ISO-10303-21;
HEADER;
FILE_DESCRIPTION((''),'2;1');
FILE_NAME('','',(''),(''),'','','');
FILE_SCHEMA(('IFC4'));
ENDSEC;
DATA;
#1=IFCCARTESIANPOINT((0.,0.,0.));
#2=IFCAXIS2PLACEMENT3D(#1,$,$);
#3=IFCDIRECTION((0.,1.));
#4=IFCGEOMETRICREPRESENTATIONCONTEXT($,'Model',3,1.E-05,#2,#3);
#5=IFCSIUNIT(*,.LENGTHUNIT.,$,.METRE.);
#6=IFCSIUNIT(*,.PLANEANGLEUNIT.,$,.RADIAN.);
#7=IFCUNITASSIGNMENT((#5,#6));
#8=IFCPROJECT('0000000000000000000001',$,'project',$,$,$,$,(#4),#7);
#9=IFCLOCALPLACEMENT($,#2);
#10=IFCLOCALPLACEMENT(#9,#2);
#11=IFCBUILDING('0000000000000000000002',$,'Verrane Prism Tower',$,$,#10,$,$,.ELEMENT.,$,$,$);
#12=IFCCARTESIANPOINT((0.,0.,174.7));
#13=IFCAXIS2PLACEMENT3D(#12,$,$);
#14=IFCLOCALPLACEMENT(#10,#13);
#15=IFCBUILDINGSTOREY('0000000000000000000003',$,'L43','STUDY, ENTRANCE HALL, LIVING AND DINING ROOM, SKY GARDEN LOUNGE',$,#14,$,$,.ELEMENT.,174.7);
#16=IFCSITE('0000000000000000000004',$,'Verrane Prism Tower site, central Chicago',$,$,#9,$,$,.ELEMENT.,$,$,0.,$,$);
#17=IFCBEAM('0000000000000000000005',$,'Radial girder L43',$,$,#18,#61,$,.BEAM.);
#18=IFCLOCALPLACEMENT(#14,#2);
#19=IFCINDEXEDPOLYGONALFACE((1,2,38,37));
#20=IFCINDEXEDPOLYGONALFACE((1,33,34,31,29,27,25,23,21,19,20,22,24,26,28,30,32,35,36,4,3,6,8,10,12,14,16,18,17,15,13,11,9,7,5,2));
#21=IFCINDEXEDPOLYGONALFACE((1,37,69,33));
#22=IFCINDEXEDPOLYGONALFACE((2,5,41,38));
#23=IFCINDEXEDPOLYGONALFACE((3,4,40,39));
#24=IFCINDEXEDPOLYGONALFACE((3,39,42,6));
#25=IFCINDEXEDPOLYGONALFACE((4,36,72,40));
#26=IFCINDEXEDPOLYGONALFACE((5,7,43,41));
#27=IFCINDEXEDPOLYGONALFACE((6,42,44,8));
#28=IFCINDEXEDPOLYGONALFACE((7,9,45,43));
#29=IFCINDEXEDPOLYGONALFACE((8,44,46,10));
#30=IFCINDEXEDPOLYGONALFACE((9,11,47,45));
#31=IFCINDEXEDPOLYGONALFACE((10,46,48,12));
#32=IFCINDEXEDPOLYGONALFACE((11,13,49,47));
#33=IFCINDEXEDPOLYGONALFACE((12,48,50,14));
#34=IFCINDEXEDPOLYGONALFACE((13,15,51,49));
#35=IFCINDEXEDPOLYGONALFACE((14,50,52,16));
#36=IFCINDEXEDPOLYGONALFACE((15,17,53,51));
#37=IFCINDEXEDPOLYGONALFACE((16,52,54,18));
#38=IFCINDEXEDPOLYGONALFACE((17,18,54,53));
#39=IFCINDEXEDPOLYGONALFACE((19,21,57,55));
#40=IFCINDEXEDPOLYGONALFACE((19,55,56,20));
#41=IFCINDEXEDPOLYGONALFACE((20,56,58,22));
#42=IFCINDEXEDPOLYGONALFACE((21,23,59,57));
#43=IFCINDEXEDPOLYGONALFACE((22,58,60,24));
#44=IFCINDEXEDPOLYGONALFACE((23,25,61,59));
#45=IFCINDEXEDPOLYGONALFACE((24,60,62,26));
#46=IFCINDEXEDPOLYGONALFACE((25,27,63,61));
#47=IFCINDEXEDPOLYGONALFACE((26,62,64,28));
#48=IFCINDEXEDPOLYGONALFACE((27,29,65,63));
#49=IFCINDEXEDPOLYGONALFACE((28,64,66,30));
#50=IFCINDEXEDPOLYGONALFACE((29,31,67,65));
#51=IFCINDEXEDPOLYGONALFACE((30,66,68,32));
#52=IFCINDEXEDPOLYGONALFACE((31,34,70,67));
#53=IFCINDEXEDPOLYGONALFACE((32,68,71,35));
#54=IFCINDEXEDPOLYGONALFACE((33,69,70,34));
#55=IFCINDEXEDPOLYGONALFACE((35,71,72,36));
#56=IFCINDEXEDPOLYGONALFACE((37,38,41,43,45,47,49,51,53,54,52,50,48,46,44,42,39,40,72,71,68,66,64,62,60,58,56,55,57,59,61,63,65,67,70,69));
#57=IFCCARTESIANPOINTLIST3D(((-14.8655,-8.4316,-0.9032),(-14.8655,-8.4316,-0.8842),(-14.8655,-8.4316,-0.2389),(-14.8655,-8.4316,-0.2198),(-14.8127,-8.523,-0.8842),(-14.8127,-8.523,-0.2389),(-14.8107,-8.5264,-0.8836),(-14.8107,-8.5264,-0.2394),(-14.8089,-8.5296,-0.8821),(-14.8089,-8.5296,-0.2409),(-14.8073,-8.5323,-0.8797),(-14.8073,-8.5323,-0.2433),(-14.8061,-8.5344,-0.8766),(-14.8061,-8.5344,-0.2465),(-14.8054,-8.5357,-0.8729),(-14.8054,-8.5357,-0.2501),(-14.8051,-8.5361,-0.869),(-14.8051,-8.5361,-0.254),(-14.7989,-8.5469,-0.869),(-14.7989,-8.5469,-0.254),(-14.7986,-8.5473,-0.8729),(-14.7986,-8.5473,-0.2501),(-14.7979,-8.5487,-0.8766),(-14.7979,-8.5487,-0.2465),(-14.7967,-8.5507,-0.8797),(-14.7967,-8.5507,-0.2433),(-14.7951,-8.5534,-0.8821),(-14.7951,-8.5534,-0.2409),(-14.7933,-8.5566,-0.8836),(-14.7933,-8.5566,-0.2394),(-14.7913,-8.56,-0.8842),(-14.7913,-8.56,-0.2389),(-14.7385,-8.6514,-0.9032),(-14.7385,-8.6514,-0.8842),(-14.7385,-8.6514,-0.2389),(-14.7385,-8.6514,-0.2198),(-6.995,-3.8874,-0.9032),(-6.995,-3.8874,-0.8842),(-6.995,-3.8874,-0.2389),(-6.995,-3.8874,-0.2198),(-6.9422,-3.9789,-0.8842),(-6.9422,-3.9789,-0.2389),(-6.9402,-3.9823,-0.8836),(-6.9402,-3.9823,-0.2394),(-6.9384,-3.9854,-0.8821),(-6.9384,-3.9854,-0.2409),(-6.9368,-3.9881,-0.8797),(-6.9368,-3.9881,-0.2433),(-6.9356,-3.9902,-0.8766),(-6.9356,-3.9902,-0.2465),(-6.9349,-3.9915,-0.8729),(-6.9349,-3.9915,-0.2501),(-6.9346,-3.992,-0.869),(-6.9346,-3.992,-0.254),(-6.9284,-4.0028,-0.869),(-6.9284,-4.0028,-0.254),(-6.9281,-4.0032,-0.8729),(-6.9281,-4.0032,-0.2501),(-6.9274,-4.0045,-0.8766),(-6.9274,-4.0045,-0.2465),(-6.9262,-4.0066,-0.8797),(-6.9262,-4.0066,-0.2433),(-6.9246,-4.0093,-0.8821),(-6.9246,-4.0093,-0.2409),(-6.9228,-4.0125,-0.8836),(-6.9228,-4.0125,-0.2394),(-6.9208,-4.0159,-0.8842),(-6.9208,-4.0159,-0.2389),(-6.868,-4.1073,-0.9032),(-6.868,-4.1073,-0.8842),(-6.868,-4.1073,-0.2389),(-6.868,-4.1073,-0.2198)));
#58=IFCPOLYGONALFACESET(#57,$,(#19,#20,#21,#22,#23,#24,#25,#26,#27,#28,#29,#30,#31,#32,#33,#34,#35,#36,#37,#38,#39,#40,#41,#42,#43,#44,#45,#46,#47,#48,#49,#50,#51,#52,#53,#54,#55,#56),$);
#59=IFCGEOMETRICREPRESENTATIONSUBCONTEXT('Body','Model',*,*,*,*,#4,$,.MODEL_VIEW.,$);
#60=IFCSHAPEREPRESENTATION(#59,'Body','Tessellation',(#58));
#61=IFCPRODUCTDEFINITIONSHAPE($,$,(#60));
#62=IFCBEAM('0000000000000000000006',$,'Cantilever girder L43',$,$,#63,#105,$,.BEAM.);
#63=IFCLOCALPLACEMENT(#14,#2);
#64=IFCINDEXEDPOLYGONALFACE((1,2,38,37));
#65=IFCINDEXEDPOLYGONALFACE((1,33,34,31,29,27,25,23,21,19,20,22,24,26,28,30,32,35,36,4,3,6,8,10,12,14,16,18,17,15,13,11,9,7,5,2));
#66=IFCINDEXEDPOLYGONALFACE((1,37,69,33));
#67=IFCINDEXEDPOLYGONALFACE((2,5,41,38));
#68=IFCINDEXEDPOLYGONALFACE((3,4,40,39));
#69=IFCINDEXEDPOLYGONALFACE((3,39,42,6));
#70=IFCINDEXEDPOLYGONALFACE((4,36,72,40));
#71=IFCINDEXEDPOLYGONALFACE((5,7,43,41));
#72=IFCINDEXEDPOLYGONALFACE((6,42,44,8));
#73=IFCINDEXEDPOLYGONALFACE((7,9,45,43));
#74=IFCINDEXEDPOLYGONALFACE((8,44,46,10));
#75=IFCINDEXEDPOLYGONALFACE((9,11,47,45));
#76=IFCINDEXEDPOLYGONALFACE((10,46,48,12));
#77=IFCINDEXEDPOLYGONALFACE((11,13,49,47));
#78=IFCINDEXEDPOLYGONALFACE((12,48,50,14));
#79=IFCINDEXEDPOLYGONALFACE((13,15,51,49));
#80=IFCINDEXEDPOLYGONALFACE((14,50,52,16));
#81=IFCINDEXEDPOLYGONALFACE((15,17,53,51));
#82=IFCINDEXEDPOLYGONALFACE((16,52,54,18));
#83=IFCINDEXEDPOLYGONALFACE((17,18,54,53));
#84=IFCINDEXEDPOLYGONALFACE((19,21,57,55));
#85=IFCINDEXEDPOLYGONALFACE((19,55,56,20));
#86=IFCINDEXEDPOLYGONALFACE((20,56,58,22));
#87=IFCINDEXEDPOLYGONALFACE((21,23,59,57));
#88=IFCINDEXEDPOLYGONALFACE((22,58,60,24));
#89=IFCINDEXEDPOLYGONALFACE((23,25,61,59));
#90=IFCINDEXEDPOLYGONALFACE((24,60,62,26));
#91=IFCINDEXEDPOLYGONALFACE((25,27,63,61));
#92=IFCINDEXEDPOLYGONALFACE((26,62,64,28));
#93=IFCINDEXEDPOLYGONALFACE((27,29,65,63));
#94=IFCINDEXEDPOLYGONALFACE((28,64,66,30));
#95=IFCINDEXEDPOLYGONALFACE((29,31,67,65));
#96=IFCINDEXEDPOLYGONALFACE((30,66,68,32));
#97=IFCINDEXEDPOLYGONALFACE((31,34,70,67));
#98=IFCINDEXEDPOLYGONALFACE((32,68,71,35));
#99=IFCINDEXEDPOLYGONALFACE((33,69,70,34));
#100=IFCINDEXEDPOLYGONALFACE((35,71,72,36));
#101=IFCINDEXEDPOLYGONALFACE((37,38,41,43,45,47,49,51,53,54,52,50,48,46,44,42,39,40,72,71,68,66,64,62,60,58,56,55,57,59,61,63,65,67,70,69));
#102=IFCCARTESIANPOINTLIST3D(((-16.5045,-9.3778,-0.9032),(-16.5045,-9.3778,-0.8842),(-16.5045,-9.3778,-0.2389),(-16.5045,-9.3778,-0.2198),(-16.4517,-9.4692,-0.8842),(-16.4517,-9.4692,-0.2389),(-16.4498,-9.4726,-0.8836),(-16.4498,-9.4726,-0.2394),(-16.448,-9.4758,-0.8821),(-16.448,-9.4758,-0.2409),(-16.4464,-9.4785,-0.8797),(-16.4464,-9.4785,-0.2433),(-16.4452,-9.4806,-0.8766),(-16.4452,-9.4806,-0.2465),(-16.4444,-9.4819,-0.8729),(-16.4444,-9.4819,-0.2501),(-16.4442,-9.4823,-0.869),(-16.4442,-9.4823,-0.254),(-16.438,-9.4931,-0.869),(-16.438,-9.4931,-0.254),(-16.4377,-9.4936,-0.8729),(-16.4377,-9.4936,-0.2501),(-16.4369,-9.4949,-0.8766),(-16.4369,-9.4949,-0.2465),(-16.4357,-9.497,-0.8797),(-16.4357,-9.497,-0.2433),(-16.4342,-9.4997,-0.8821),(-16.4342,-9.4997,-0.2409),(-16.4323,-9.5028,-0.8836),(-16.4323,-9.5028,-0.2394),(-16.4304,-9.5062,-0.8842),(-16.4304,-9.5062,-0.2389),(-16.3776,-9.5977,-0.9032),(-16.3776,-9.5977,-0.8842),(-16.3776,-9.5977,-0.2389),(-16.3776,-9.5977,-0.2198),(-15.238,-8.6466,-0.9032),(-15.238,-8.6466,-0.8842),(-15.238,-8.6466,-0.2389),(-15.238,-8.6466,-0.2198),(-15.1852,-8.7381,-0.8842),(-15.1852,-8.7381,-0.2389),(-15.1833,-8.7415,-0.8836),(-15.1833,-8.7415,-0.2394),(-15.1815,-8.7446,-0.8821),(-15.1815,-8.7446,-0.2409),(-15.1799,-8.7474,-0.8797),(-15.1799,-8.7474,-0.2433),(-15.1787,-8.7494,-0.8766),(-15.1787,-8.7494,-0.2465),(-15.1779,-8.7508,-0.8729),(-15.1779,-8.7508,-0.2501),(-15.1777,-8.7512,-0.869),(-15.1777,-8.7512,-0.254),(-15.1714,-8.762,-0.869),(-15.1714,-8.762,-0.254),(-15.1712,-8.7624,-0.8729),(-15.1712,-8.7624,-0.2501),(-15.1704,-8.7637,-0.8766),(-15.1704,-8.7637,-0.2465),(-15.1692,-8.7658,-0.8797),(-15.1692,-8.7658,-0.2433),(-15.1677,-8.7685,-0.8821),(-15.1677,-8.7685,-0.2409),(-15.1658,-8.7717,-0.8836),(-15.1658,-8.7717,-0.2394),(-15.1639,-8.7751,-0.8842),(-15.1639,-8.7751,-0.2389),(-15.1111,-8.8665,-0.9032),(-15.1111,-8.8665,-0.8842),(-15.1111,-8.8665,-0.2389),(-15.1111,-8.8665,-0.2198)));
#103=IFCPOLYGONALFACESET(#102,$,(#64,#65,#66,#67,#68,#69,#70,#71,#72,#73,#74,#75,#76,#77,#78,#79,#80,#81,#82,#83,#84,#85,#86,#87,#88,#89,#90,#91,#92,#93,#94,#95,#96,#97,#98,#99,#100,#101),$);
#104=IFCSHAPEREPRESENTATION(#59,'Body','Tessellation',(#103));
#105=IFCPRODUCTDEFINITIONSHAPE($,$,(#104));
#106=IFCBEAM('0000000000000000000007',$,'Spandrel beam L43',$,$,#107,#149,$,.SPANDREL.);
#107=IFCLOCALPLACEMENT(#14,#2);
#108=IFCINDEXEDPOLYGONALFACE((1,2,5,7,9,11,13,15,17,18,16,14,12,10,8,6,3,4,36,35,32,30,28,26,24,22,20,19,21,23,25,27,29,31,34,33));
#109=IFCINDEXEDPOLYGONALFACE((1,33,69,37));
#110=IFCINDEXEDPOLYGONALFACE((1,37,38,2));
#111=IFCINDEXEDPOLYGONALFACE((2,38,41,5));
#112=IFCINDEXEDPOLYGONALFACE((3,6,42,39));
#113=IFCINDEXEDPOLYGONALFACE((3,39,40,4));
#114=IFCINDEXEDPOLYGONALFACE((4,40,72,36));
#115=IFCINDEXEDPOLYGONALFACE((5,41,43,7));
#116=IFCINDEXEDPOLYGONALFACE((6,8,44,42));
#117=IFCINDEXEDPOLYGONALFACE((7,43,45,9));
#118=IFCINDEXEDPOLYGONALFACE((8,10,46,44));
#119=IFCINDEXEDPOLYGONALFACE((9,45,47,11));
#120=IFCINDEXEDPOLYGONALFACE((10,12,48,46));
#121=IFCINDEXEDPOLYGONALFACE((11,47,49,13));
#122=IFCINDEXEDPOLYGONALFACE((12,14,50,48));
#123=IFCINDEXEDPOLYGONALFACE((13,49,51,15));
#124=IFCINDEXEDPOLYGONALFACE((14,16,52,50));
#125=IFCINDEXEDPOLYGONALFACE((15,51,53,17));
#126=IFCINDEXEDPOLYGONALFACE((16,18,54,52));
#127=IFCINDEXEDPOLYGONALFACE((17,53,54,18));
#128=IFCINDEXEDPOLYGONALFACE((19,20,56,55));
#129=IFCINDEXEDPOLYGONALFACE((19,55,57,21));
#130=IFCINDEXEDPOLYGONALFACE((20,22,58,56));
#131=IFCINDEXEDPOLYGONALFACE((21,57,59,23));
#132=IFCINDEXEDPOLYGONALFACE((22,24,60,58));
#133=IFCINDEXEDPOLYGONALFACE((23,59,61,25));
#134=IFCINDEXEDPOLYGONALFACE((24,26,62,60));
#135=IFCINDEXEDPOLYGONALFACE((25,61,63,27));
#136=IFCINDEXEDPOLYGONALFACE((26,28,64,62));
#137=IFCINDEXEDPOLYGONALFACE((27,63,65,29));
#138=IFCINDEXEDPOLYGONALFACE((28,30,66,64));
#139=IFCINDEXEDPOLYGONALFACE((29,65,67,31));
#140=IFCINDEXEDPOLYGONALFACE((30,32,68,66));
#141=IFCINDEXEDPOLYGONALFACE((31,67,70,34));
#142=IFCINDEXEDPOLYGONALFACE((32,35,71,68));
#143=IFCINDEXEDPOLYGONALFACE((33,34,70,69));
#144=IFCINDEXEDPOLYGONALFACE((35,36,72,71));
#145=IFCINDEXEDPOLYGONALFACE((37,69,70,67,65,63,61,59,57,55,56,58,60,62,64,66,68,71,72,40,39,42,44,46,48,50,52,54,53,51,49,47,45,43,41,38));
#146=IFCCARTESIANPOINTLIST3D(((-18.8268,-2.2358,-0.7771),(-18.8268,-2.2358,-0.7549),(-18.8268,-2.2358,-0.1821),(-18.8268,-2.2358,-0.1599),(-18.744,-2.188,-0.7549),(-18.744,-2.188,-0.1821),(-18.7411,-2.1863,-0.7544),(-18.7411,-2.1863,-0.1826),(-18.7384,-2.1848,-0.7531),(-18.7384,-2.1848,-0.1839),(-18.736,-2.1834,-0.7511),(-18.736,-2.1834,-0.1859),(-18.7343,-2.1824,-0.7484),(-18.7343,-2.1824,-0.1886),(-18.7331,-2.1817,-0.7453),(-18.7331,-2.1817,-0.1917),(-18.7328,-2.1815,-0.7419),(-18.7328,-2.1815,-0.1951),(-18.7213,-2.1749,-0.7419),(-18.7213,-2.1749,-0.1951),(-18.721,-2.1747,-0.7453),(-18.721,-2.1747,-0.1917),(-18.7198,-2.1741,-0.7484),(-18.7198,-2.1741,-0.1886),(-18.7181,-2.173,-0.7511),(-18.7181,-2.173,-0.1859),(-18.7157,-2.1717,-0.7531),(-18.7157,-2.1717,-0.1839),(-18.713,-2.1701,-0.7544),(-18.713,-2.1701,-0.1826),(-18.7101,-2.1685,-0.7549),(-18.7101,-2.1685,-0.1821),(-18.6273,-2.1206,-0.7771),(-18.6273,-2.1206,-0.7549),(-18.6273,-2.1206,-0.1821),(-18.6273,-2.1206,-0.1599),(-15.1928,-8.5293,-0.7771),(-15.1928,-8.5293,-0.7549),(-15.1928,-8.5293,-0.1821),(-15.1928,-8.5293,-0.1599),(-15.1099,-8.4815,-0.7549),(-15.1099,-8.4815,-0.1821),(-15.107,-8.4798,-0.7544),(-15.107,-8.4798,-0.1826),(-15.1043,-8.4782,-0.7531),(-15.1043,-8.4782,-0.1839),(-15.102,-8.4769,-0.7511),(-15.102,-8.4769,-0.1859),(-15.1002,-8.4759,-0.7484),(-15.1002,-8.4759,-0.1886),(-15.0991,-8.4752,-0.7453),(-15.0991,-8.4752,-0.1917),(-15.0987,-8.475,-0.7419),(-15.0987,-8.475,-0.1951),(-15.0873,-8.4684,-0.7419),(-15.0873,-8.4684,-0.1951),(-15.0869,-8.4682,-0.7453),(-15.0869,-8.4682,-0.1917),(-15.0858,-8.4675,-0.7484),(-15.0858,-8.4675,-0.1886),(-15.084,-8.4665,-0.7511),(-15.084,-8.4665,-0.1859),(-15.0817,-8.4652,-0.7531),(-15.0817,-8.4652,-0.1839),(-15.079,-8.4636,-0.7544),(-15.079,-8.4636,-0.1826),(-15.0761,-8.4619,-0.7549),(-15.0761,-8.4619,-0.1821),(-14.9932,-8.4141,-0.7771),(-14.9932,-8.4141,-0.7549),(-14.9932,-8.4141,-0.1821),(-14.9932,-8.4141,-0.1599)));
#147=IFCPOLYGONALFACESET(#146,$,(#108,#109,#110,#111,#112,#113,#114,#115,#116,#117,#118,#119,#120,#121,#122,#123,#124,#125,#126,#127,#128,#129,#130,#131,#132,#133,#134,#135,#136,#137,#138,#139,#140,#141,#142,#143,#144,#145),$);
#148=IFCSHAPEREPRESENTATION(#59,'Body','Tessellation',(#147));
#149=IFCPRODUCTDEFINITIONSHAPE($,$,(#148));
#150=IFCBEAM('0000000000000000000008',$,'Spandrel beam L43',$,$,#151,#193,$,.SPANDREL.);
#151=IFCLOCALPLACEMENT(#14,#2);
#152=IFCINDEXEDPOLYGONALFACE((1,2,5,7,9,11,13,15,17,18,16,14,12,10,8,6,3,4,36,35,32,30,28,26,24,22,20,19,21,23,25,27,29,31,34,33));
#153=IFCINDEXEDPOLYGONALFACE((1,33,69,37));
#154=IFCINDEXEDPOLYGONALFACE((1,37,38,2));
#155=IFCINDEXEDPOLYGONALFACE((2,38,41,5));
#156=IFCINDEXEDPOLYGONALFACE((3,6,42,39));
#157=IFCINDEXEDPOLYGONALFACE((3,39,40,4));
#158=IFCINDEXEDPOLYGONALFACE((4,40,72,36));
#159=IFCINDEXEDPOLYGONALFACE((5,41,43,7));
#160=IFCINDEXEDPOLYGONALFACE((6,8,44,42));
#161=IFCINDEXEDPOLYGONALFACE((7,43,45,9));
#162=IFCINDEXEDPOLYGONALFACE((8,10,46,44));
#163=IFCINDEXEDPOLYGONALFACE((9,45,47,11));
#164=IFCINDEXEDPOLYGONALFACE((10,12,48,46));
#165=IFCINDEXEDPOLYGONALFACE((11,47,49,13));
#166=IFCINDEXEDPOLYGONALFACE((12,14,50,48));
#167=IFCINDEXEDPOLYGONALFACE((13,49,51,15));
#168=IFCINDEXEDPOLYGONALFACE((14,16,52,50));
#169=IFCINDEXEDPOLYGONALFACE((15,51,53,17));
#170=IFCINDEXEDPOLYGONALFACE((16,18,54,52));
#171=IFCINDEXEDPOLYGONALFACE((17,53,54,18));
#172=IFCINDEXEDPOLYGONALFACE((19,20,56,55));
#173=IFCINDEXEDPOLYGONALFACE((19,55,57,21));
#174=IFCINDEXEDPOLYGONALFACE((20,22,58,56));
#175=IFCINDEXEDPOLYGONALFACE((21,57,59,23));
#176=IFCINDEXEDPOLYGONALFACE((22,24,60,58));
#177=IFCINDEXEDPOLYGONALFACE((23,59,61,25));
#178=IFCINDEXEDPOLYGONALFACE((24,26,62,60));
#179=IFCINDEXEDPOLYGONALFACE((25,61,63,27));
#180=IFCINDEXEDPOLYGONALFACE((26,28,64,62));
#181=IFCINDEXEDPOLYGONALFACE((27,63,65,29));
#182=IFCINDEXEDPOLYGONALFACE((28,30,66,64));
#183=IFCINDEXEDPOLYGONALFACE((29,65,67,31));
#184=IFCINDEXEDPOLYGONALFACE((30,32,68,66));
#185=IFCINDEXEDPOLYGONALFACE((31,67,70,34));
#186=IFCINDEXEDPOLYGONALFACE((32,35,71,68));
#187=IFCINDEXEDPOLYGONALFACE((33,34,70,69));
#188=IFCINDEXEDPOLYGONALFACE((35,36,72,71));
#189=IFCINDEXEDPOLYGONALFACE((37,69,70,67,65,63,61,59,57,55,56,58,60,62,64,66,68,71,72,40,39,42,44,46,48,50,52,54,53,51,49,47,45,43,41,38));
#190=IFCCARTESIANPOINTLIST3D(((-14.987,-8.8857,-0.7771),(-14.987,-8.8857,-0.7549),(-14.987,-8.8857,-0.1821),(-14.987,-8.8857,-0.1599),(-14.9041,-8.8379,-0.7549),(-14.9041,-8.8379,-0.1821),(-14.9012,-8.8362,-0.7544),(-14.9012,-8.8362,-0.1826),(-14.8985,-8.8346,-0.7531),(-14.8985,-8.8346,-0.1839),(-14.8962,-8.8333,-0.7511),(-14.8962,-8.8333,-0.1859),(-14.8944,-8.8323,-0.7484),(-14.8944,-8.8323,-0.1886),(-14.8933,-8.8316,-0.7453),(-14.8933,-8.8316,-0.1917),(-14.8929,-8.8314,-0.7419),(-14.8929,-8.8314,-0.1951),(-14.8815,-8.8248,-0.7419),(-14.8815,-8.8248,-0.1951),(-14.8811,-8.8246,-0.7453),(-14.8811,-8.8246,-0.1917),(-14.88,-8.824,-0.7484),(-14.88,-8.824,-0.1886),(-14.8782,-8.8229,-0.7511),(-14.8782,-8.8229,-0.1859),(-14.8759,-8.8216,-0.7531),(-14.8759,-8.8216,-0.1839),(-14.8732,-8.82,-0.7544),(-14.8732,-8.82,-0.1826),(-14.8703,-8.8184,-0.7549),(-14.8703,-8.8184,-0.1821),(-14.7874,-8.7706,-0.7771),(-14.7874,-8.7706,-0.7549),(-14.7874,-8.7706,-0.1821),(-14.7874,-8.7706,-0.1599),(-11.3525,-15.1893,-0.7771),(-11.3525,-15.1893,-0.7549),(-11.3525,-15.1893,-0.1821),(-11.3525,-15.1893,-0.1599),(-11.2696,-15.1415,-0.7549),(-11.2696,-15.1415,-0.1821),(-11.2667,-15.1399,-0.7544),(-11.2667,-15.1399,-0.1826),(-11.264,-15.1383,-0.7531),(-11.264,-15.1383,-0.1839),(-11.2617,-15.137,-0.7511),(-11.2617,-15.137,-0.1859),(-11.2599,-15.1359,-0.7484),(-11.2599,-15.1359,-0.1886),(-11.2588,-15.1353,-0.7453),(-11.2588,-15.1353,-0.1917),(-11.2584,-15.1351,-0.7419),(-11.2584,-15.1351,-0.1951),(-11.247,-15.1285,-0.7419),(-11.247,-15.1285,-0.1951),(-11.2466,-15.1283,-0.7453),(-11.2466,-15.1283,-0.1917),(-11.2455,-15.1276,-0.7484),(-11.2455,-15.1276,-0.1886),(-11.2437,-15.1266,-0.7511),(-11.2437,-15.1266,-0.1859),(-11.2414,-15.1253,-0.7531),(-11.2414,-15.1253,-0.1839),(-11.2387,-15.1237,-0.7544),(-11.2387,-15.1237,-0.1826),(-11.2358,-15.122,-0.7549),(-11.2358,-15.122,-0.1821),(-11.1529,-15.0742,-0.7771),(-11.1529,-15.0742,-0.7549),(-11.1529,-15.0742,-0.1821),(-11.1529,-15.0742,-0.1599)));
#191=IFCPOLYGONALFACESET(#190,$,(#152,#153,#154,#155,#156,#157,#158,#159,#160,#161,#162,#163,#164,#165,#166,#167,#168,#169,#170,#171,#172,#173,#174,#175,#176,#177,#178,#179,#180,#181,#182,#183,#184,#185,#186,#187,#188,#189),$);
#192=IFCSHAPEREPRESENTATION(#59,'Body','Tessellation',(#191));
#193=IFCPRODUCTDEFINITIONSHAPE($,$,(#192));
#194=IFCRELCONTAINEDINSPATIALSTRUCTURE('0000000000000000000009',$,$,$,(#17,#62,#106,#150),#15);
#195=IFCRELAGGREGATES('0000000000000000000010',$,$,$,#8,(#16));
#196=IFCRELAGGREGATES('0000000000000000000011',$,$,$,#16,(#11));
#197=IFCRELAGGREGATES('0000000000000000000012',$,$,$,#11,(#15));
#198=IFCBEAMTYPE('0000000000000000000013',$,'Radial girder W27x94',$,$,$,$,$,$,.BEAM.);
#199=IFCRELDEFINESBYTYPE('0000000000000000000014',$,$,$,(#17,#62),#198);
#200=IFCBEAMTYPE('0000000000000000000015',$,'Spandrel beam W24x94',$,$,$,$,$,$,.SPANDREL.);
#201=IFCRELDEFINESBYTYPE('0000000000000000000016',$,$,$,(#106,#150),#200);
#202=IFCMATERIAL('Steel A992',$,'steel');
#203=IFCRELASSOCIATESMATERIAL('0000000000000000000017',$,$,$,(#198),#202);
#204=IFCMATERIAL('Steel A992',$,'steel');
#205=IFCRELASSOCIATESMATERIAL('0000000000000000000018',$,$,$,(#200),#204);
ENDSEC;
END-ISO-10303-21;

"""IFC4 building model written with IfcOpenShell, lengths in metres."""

from ifc_helpers import new_model, si_unit, direction, frame, origin, origin_2d, place, context, subcontext, project, spatial, i_section, extrude, material, material_profile, profile_set, type_object, element, save


model = new_model("IFC4")

# Units and contexts
model_context = context("Model", 3, precision=1e-05, world=origin(), true_north=direction((0.0, 1.0)))
body_context = subcontext(model_context, "Body", "Model", "MODEL_VIEW")
ifc_project = project(units=[si_unit("LENGTHUNIT", "METRE"), si_unit("PLANEANGLEUNIT", "RADIAN")], contexts=[model_context])

# Site, building, storey
site_placement = place(None, origin())
site = spatial("IfcSite", under=ifc_project, at=site_placement, Name="Verrane Prism Tower site, central Chicago", CompositionType="ELEMENT", RefElevation=0.0)
building_placement = place(site_placement, origin())
building = spatial("IfcBuilding", under=site, at=building_placement, Name="Verrane Prism Tower", CompositionType="ELEMENT")
storey_placement = place(building_placement, frame((0.0, 0.0, 174.7)))
storey = spatial("IfcBuildingStorey", under=building, at=storey_placement, Name="L43", Description="STUDY, ENTRANCE HALL, LIVING AND DINING ROOM, SKY GARDEN LOUNGE", CompositionType="ELEMENT", Elevation=174.7)

# Beams
ifc_material_1 = material(Name="Steel A992", Category="steel")
ifc_material_profile_1 = material_profile(ifc_material_1, i_section(OverallWidth=0.2539, OverallDepth=0.6833, WebThickness=0.0125, FlangeThickness=0.019, FilletRadius=0.0151, at=origin_2d()), Name="W27x94")
ifc_profile_set_1 = profile_set([ifc_material_profile_1], Name="Steel A992")
beam_type_1 = type_object("IfcBeamType", Name="Radial girder W27x94", PredefinedType="BEAM", material=ifc_profile_set_1)
beam_1_placement = place(storey_placement, frame((-14.802, -8.5415, -0.5615), z_axis=(0.866021, 0.500008, 0.0), x_axis=(-0.500008, 0.866021, 0.0)))
element("IfcBeam", 1, at=beam_1_placement, inside=storey, type_object=beam_type_1, Name="Radial girder L43", PredefinedType="BEAM", context=body_context, shape_type="SweptSolid", body=[
    extrude(i_section(OverallWidth=0.2539, OverallDepth=0.6833, WebThickness=0.0125, FlangeThickness=0.019, FilletRadius=0.0151, at=origin_2d()), origin(), (0.0, 0.0, 1.0), 9.0881),
])
beam_2_placement = place(storey_placement, frame((-15.1746, -8.7566, -0.5615), z_axis=(-0.866047, -0.499963, 0.0), x_axis=(0.499963, -0.866047, 0.0)))
element("IfcBeam", 2, at=beam_2_placement, inside=storey, type_object=beam_type_1, Name="Cantilever girder L43", PredefinedType="BEAM", context=body_context, shape_type="SweptSolid", body=[
    extrude(i_section(OverallWidth=0.2539, OverallDepth=0.6833, WebThickness=0.0125, FlangeThickness=0.019, FilletRadius=0.0151, at=origin_2d()), origin(), (0.0, 0.0, 1.0), 1.4624),
])
ifc_material_2 = material(Name="Steel A992", Category="steel")
ifc_material_profile_2 = material_profile(ifc_material_2, i_section(OverallWidth=0.2305, OverallDepth=0.6172, WebThickness=0.0132, FlangeThickness=0.0222, FilletRadius=0.0129, at=origin_2d()), Name="W24x94")
ifc_profile_set_2 = profile_set([ifc_material_profile_2], Name="Steel A992")
beam_type_2 = type_object("IfcBeamType", Name="Spandrel beam W24x94", PredefinedType="SPANDREL", material=ifc_profile_set_2)
beam_3_placement = place(storey_placement, frame((-18.7271, -2.1782, -0.4685), z_axis=(0.500052, -0.865995, 0.0), x_axis=(0.865995, 0.500052, 0.0)))
element("IfcBeam", 3, at=beam_3_placement, inside=storey, type_object=beam_type_2, Name="Spandrel beam L43", PredefinedType="SPANDREL", context=body_context, shape_type="SweptSolid", body=[
    extrude(i_section(OverallWidth=0.2305, OverallDepth=0.6172, WebThickness=0.0132, FlangeThickness=0.0222, FilletRadius=0.0129, at=origin_2d()), origin(), (0.0, 0.0, 1.0), 7.2673),
])
beam_4_placement = place(storey_placement, frame((-14.8872, -8.8281, -0.4685), z_axis=(0.499492, -0.866318, 0.0), x_axis=(0.866318, 0.499492, 0.0)))
element("IfcBeam", 4, at=beam_4_placement, inside=storey, type_object=beam_type_2, Name="Spandrel beam L43", PredefinedType="SPANDREL", context=body_context, shape_type="SweptSolid", body=[
    extrude(i_section(OverallWidth=0.2305, OverallDepth=0.6172, WebThickness=0.0132, FlangeThickness=0.0222, FilletRadius=0.0129, at=origin_2d()), origin(), (0.0, 0.0, 1.0), 7.2764),
])

save(model, "model.ifc")
